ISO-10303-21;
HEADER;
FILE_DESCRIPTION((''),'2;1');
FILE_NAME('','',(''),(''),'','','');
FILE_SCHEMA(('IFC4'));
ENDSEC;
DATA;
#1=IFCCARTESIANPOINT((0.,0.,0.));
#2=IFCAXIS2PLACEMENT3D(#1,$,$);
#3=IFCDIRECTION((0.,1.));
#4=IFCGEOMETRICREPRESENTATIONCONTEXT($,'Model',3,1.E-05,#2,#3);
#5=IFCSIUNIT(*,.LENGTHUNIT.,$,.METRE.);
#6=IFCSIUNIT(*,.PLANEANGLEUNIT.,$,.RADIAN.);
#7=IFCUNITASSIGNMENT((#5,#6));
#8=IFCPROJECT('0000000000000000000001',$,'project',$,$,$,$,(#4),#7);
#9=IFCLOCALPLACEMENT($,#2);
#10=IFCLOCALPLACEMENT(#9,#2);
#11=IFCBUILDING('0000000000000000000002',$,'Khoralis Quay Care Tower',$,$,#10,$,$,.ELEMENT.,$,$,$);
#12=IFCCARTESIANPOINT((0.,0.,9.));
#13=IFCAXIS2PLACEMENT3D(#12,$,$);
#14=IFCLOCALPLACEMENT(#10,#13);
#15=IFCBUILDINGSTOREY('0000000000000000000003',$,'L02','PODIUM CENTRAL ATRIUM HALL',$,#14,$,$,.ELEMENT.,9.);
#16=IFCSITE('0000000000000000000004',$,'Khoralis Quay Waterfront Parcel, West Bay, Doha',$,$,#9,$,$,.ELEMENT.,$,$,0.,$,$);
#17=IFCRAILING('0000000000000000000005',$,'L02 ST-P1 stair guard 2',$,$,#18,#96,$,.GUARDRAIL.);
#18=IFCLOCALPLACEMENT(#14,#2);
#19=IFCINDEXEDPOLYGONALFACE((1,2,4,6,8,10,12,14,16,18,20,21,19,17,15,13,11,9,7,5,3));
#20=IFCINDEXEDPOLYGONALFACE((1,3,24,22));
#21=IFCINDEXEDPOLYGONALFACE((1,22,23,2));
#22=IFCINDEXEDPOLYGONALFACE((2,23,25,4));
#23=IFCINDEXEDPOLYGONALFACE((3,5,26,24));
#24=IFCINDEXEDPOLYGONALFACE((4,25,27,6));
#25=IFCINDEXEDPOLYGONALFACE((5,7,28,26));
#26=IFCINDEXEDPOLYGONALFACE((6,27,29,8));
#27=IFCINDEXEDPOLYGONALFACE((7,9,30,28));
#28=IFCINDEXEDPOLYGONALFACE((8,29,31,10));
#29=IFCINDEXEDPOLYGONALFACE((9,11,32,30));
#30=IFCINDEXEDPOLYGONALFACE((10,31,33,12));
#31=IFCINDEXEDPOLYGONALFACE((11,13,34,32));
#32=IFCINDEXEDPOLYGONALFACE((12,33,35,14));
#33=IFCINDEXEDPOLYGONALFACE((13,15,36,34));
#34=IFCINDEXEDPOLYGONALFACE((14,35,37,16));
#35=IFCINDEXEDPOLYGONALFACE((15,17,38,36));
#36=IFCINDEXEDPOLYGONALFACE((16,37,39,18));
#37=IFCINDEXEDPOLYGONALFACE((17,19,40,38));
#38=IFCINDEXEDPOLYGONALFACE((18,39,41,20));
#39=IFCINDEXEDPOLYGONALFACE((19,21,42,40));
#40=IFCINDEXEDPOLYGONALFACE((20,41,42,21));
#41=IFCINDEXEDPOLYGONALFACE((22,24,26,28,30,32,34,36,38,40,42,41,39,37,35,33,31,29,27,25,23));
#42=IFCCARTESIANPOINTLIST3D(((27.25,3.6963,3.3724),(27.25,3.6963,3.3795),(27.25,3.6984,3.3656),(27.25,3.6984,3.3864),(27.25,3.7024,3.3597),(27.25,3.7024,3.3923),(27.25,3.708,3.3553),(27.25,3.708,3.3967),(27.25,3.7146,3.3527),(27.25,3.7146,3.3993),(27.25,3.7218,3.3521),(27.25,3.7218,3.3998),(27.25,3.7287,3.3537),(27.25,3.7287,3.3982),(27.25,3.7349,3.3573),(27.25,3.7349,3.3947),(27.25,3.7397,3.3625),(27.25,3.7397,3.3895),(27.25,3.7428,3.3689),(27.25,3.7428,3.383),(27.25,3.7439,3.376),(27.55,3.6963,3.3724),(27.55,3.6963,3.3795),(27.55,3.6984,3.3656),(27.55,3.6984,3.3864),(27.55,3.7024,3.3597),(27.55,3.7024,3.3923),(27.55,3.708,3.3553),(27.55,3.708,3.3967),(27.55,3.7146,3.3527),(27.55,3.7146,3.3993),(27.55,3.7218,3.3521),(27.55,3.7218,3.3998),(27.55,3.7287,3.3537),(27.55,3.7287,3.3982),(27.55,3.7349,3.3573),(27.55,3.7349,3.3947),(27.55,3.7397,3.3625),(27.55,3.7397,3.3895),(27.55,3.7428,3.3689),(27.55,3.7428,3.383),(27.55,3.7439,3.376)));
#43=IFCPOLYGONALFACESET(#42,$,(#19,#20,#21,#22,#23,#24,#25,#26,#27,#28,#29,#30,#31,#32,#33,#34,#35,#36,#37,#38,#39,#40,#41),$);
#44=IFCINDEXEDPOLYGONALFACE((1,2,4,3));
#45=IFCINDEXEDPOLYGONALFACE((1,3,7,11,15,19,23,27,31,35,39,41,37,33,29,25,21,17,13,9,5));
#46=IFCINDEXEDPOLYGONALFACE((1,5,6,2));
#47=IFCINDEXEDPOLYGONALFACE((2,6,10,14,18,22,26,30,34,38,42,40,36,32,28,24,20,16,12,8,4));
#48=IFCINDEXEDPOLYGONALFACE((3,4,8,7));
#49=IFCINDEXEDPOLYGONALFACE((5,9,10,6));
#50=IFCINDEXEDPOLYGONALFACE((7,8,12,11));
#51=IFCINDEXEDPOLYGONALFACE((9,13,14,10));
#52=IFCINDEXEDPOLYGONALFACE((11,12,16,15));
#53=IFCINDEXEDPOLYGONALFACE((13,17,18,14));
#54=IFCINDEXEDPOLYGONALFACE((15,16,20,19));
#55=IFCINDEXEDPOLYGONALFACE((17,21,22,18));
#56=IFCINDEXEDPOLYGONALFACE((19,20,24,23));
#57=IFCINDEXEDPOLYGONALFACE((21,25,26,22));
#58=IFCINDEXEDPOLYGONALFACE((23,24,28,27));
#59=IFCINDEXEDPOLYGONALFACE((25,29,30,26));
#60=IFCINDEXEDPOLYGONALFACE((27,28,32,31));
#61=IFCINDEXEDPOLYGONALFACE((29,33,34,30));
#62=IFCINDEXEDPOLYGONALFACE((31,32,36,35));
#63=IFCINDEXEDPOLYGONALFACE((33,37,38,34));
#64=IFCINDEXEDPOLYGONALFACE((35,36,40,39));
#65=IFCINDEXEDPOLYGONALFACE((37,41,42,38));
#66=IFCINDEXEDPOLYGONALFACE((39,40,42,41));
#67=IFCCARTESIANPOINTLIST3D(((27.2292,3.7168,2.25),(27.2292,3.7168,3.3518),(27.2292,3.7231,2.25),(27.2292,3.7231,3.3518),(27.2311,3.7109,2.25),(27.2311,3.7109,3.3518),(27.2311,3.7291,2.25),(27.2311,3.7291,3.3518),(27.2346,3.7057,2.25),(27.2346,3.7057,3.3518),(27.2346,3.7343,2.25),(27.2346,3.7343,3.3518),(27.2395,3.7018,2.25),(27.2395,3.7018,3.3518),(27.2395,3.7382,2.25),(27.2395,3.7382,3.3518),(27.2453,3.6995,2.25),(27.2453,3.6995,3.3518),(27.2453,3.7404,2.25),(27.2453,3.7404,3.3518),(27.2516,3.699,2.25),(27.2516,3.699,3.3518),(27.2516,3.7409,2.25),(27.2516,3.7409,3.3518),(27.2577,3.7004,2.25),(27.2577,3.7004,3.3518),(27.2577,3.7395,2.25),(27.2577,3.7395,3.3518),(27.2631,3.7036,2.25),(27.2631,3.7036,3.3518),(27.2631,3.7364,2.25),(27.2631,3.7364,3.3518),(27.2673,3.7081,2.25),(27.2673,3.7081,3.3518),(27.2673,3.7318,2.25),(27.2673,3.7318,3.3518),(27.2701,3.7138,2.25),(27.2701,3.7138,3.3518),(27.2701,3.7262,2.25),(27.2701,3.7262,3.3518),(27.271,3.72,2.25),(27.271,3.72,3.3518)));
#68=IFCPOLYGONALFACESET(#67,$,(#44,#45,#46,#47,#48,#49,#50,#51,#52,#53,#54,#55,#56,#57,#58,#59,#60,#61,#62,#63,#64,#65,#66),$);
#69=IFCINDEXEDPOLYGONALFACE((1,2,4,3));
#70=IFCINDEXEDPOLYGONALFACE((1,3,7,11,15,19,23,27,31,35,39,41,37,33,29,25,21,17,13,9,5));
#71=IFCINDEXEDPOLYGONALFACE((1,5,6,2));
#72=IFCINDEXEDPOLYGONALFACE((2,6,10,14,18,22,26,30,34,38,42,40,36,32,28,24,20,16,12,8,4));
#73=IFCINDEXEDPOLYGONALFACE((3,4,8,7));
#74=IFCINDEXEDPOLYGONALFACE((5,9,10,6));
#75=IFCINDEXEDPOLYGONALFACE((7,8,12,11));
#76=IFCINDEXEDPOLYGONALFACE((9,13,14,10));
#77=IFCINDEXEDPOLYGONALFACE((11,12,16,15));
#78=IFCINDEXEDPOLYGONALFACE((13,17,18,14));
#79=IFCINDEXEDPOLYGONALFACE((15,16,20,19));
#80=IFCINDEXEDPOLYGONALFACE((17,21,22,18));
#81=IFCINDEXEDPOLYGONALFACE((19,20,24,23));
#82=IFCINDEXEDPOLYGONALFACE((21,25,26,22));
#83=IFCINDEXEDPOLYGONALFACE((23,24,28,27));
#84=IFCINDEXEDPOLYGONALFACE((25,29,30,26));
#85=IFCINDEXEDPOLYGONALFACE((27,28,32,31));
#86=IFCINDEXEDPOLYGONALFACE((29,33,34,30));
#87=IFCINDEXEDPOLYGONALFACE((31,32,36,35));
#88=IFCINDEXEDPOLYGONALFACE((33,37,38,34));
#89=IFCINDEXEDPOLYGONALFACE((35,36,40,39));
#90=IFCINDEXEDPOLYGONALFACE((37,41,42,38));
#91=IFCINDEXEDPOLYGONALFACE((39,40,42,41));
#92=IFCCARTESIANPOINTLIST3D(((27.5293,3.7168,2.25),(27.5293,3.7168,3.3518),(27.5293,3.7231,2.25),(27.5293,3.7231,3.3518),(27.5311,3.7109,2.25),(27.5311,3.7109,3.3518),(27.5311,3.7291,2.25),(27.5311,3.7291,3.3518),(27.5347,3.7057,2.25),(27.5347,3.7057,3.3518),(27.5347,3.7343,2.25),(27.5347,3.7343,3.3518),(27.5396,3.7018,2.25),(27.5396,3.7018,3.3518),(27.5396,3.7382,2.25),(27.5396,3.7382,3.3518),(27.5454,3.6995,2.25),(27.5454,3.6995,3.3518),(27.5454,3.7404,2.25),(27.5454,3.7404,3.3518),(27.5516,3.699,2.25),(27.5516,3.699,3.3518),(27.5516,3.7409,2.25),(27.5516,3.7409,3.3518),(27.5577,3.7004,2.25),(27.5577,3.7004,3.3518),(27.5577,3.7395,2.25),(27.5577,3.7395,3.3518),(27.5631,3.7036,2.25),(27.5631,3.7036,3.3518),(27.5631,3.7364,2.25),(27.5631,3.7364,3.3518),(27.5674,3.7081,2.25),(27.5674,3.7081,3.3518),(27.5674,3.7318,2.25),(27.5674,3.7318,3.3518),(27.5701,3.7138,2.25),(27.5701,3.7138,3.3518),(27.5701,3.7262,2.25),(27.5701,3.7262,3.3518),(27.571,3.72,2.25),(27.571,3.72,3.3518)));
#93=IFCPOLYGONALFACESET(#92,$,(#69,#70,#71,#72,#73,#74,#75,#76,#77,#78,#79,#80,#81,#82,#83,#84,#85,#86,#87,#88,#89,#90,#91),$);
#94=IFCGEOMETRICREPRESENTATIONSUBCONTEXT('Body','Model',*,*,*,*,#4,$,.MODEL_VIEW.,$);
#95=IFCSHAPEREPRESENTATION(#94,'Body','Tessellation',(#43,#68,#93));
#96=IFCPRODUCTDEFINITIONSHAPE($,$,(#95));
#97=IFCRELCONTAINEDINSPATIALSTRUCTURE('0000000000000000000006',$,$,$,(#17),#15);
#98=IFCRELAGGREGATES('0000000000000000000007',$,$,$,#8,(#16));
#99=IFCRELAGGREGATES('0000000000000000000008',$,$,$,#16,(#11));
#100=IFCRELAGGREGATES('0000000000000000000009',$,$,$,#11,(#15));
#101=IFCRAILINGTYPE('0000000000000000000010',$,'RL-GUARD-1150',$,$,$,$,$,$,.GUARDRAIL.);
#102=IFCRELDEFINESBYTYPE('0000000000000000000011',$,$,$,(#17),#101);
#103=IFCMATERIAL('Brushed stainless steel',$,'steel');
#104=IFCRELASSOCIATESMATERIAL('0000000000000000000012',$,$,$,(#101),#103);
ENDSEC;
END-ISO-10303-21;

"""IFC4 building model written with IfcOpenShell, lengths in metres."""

from ifc_helpers import new_model, si_unit, direction, frame, origin, origin_2d, place, context, subcontext, project, spatial, circle, extrude, material, type_object, element, save


model = new_model("IFC4")

# Units and contexts
model_context = context("Model", 3, precision=1e-05, world=origin(), true_north=direction((0.0, 1.0)))
body_context = subcontext(model_context, "Body", "Model", "MODEL_VIEW")
ifc_project = project(units=[si_unit("LENGTHUNIT", "METRE"), si_unit("PLANEANGLEUNIT", "RADIAN")], contexts=[model_context])

# Site, building, storey
site_placement = place(None, origin())
site = spatial("IfcSite", under=ifc_project, at=site_placement, Name="Khoralis Quay Waterfront Parcel, West Bay, Doha", CompositionType="ELEMENT", RefElevation=0.0)
building_placement = place(site_placement, origin())
building = spatial("IfcBuilding", under=site, at=building_placement, Name="Khoralis Quay Care Tower", CompositionType="ELEMENT")
storey_placement = place(building_placement, frame((0.0, 0.0, 9.0)))
storey = spatial("IfcBuildingStorey", under=building, at=storey_placement, Name="L02", Description="PODIUM CENTRAL ATRIUM HALL", CompositionType="ELEMENT", Elevation=9.0)

# Railing
ifc_material_1 = material(Name="Brushed stainless steel", Category="steel")
railing_type_1 = type_object("IfcRailingType", Name="RL-GUARD-1150", PredefinedType="GUARDRAIL", material=ifc_material_1)
railing_1_placement = place(storey_placement, frame((27.25, 3.72, 2.25)))
element("IfcRailing", 1, at=railing_1_placement, inside=storey, type_object=railing_type_1, Name="L02 ST-P1 stair guard 2", PredefinedType="GUARDRAIL", context=body_context, shape_type="SweptSolid", body=[
    extrude(circle(Radius=0.0239, at=origin_2d()), frame((0.0, 0.0, 1.126), z_axis=(1.0, 0.0, 0.0), x_axis=(0.0, 1.0, 0.0)), (0.0, 0.0, 1.0), 0.3),
    extrude(circle(Radius=0.021, at=origin_2d()), origin(), (0.0, 0.0, 1.0), 1.1018),
    extrude(circle(Radius=0.021, at=origin_2d()), frame((0.3, 0.0, 0.0)), (0.0, 0.0, 1.0), 1.1018),
])

save(model, "model.ifc")
